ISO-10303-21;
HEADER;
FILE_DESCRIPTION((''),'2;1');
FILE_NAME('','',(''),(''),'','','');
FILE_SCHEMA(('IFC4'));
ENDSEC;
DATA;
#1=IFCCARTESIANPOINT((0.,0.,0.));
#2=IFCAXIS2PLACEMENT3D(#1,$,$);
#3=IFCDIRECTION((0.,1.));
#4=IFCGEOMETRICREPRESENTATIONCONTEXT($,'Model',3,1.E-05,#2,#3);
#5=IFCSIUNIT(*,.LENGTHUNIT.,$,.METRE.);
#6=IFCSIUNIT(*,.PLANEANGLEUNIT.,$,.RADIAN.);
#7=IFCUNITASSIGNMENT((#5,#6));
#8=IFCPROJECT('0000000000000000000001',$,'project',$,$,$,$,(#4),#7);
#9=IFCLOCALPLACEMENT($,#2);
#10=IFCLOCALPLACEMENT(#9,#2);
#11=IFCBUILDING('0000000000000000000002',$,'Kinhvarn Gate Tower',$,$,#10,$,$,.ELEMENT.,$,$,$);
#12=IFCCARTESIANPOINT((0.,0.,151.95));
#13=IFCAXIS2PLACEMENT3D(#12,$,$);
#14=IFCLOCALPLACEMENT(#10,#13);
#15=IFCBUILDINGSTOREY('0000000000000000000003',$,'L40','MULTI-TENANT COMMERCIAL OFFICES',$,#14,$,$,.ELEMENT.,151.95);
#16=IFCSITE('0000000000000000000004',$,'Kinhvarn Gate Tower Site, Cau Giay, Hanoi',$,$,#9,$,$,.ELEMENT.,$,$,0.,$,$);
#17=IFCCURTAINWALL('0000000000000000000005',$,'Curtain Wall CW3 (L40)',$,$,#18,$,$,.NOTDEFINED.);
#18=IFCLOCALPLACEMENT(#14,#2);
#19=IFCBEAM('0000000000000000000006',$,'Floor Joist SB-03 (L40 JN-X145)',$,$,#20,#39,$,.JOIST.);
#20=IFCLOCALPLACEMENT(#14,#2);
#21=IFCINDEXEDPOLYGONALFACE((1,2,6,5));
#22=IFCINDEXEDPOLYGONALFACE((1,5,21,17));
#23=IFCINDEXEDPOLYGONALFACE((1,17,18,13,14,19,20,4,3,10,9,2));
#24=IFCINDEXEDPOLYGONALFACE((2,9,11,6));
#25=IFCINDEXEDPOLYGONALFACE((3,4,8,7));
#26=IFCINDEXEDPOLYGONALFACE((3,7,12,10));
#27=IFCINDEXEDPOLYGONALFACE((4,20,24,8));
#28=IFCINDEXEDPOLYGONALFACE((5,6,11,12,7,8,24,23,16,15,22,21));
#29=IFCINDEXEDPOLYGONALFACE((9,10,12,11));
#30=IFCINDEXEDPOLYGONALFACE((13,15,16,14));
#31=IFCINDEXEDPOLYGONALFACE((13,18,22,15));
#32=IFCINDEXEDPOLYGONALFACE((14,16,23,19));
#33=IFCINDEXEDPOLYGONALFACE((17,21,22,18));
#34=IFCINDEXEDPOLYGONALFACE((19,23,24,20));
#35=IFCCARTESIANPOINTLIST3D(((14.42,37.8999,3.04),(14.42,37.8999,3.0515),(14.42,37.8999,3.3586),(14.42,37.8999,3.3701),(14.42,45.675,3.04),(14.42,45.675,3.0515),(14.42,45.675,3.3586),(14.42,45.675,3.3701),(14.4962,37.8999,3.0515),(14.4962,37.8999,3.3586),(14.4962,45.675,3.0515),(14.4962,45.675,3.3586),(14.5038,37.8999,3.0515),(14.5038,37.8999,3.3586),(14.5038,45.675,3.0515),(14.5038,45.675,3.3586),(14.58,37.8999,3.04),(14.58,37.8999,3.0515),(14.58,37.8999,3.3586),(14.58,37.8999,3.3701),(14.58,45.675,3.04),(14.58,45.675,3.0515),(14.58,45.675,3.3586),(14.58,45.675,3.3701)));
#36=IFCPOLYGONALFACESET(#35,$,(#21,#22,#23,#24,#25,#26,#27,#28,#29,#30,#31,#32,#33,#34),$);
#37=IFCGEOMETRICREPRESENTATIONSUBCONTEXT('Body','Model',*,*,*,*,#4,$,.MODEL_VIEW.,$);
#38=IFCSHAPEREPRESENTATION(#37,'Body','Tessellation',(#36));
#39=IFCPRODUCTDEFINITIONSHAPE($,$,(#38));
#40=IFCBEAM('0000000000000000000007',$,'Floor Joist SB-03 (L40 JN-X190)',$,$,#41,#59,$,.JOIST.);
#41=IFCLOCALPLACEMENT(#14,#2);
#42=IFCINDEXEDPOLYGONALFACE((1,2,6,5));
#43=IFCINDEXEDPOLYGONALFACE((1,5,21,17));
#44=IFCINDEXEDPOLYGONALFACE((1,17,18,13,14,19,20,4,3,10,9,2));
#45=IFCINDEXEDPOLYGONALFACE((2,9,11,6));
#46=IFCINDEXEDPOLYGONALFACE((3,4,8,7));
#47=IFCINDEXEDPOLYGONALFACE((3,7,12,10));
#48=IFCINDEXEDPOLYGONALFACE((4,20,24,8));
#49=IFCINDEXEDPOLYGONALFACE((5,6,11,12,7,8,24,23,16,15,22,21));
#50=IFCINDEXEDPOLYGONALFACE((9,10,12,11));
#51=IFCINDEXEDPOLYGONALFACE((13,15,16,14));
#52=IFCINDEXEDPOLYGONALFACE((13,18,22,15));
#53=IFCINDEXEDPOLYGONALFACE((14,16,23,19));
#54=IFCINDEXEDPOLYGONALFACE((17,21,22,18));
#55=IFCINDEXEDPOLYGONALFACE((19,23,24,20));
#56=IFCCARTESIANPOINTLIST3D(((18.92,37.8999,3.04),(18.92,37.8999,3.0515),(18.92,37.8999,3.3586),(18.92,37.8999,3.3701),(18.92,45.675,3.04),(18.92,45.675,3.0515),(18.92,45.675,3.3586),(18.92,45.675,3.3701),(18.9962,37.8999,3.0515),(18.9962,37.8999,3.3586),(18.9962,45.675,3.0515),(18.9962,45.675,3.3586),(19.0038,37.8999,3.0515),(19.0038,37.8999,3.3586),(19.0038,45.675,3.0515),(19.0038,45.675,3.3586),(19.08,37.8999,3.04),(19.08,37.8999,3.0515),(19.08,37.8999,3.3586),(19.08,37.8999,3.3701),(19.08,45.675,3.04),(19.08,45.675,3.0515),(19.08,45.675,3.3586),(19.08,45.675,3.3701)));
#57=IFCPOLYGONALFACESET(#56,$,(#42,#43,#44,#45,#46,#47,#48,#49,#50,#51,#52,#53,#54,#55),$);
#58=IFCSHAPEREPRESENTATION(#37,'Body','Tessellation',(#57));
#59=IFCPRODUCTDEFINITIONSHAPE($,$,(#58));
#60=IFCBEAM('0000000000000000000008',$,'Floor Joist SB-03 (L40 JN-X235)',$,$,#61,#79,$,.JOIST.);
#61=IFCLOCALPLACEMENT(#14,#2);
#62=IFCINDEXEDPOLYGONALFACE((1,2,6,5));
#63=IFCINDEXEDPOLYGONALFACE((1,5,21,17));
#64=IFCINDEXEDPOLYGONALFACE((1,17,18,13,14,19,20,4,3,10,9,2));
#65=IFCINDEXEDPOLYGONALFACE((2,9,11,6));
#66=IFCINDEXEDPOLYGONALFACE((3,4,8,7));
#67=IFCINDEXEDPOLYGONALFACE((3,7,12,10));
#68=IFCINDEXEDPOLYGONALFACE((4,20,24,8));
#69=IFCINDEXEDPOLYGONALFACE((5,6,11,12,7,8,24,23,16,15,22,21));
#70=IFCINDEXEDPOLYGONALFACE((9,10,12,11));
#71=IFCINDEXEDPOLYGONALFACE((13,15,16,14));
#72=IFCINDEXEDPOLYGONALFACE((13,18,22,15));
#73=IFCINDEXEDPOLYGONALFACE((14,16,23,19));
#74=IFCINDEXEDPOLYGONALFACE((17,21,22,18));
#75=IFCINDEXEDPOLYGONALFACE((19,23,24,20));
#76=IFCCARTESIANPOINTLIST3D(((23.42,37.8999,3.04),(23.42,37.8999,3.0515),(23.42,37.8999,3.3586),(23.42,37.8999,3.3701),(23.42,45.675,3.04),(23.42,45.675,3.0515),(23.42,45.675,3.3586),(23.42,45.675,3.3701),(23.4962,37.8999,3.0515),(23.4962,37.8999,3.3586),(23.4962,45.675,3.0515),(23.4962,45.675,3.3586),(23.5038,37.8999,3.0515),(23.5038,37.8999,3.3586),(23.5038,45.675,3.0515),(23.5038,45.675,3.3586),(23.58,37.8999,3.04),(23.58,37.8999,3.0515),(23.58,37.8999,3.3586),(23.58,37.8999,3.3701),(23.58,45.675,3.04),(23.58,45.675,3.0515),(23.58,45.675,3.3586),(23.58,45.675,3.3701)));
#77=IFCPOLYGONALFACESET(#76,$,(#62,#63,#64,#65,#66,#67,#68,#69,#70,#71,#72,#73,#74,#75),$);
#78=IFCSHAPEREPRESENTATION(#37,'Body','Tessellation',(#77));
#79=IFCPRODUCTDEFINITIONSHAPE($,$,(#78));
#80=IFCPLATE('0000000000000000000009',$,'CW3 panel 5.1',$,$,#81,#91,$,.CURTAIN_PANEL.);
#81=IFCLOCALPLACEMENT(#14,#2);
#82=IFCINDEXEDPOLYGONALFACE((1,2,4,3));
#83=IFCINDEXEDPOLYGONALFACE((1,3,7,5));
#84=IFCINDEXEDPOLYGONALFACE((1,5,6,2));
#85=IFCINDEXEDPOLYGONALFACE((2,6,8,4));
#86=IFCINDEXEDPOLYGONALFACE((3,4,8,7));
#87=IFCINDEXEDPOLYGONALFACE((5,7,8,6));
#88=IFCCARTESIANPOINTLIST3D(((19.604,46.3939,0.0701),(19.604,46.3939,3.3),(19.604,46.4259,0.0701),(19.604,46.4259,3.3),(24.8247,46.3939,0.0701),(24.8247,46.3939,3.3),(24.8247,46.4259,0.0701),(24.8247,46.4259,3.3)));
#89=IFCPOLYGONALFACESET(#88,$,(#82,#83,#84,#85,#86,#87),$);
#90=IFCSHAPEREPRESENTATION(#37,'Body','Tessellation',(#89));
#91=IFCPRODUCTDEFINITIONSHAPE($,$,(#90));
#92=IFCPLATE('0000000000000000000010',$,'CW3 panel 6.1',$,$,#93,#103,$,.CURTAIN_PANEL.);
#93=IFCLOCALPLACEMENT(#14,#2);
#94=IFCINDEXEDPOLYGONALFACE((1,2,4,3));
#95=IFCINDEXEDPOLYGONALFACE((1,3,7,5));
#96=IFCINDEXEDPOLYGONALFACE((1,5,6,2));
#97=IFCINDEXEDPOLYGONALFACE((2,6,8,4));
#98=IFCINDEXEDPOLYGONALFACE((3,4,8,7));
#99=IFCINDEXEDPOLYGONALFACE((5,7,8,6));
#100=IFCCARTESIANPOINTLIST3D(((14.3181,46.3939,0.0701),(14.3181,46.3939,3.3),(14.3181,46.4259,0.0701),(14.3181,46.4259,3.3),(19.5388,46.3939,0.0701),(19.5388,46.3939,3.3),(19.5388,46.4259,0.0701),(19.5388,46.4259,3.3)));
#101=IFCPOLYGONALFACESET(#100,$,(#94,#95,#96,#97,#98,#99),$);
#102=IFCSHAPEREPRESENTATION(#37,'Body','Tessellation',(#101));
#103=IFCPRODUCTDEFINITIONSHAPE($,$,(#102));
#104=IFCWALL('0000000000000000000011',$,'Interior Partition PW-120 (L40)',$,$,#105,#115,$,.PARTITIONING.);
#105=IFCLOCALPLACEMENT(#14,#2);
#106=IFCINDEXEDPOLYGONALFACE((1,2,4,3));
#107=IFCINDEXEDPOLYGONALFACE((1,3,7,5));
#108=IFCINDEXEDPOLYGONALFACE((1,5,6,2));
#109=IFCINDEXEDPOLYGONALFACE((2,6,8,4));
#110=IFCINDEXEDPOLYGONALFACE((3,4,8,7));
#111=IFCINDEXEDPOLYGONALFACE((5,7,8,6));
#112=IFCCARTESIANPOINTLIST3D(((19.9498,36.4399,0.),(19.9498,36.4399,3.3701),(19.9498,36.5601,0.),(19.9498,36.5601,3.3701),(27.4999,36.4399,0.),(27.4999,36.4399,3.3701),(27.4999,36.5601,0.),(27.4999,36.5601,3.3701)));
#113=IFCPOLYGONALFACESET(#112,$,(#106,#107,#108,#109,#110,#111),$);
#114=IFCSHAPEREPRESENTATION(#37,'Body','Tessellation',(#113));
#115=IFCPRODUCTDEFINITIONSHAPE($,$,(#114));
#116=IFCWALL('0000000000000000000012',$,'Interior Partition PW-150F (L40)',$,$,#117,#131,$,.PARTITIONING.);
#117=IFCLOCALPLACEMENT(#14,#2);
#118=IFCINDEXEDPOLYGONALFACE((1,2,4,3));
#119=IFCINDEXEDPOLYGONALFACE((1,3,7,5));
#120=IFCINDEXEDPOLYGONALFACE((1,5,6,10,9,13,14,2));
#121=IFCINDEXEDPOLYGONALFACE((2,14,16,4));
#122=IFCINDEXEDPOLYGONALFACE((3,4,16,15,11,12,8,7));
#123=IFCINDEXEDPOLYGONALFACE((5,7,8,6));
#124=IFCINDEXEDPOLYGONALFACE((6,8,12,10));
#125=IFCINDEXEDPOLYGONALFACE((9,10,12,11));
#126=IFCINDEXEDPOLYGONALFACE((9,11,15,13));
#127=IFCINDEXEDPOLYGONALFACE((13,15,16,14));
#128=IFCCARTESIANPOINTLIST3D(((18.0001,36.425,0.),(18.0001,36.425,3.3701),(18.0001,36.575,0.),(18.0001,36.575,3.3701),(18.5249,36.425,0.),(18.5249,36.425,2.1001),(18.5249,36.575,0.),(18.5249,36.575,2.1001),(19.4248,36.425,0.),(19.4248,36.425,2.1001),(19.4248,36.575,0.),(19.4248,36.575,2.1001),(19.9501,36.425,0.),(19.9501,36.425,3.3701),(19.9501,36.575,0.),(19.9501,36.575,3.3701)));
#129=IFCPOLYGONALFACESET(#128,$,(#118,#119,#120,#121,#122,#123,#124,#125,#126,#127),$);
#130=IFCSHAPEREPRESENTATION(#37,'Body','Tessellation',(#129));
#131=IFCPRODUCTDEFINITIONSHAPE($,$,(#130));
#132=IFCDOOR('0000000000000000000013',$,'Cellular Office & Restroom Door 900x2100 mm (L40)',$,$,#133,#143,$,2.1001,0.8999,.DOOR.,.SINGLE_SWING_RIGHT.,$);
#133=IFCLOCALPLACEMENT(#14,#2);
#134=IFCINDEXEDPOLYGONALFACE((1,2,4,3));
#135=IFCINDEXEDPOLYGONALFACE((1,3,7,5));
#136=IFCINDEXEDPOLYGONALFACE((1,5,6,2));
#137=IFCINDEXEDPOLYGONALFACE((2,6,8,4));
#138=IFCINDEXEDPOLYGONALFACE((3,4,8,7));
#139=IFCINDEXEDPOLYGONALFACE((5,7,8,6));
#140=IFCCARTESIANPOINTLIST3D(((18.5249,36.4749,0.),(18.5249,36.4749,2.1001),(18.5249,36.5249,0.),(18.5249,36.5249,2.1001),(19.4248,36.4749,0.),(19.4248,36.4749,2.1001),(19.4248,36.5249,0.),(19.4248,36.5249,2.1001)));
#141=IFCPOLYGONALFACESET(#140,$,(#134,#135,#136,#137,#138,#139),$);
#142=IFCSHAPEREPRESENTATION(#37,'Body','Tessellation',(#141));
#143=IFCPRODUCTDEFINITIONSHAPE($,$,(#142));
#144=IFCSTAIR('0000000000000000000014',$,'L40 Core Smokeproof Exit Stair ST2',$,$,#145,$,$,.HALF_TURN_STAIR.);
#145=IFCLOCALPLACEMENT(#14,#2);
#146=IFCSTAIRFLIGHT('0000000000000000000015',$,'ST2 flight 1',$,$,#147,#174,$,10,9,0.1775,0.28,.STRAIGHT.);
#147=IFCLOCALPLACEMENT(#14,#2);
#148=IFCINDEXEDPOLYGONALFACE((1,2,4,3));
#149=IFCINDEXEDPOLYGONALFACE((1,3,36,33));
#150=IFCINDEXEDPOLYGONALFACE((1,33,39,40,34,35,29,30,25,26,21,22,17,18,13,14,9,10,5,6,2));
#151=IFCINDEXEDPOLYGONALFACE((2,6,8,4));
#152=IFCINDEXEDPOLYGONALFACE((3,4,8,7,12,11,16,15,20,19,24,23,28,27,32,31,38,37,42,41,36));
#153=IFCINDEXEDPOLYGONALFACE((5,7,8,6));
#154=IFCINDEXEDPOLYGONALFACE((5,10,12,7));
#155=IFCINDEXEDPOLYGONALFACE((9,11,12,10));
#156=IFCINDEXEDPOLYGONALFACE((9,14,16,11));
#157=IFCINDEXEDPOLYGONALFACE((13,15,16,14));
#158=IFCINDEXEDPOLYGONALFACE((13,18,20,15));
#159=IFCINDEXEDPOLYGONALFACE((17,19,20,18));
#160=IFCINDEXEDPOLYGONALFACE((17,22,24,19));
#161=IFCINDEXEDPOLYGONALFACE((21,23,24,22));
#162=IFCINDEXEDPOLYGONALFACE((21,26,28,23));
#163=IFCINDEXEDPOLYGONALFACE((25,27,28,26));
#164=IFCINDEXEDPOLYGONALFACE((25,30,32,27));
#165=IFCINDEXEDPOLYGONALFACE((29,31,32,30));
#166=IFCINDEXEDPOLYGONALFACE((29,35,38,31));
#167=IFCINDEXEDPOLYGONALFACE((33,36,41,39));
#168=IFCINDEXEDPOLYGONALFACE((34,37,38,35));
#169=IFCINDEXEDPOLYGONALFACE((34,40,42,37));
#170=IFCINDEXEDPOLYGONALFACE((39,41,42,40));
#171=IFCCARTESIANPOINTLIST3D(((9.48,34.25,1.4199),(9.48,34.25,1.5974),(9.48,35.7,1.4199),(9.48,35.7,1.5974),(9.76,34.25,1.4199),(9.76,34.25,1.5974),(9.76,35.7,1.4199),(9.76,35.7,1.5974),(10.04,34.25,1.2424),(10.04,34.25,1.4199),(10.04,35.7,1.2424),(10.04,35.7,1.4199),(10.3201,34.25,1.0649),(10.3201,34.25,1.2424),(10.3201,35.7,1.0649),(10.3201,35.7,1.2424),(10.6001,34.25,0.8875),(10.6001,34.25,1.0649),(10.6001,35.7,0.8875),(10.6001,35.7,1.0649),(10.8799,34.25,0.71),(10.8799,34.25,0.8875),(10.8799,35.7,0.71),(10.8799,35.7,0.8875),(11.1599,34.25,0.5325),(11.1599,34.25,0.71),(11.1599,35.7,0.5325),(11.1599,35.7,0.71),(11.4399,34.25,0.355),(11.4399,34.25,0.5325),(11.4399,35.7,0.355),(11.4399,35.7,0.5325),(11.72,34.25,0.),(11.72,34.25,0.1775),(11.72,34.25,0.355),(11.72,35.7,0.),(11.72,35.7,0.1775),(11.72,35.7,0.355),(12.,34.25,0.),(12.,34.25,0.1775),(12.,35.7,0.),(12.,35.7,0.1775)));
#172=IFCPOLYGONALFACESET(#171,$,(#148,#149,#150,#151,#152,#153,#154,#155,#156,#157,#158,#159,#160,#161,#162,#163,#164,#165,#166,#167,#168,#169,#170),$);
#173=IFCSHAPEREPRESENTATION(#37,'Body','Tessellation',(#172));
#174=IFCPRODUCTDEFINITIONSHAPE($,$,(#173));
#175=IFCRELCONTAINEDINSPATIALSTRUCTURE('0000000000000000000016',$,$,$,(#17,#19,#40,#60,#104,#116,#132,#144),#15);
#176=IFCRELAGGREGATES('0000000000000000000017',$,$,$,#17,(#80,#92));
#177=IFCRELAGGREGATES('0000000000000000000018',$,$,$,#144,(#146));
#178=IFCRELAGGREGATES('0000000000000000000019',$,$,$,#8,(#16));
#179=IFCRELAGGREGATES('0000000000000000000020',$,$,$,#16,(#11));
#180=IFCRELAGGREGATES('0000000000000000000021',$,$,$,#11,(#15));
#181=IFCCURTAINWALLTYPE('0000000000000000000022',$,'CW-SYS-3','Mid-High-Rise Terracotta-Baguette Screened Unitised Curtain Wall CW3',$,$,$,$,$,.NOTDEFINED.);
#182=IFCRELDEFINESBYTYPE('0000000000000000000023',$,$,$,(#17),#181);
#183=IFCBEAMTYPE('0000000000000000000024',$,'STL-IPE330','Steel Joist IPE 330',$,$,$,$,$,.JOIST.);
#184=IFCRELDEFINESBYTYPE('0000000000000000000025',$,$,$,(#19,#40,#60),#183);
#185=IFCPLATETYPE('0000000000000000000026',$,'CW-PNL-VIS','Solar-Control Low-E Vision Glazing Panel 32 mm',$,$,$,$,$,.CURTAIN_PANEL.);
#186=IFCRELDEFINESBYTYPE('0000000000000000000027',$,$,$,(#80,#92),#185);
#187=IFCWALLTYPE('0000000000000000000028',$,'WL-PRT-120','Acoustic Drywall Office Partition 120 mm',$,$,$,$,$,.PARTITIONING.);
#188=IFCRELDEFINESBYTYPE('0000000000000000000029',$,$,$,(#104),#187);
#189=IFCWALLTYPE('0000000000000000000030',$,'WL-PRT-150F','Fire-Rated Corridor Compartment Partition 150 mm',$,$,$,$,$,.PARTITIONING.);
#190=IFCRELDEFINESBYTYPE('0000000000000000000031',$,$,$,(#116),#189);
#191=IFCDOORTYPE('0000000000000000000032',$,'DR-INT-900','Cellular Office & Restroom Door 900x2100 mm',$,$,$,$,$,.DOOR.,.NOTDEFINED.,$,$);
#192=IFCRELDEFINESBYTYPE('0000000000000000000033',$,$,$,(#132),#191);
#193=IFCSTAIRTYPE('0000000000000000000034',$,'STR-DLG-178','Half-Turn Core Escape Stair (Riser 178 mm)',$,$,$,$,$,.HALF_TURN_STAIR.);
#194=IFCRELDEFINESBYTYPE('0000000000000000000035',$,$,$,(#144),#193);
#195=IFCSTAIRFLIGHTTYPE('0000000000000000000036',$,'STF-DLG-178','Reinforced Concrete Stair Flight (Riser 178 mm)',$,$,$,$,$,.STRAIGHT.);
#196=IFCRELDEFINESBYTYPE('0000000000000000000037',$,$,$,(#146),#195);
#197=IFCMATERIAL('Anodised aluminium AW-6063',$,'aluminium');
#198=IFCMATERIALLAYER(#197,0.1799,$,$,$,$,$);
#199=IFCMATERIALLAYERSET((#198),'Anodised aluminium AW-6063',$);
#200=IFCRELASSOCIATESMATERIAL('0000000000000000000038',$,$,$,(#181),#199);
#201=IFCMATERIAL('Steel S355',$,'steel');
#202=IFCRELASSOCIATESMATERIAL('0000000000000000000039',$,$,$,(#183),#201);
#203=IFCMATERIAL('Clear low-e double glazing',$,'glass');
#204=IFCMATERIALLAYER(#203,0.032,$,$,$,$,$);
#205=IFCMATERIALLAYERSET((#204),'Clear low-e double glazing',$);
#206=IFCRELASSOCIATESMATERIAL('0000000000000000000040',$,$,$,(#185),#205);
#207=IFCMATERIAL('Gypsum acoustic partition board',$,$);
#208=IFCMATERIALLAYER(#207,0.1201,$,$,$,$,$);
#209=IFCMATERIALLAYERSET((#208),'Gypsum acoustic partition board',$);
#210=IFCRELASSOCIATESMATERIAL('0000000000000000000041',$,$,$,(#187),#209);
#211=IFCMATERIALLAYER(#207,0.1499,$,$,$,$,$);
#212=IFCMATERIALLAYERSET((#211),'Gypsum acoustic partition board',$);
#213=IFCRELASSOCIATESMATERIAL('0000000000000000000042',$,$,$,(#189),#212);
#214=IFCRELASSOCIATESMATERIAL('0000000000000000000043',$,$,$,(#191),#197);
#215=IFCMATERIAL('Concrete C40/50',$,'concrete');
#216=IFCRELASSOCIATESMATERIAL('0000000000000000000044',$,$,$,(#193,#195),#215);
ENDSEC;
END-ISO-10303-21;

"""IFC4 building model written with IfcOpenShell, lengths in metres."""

from ifc_helpers import new_model, si_unit, direction, frame, frame_2d, origin, origin_2d, place, context, subcontext, project, spatial, polyline, rectangle, i_section, outline, extrude, material, layer, layer_set, material_profile, profile_set, type_object, element, fill, aggregate, save


model = new_model("IFC4")

# Units and contexts
model_context = context("Model", 3, precision=1e-05, world=origin(), true_north=direction((0.0, 1.0)))
body_context = subcontext(model_context, "Body", "Model", "MODEL_VIEW")
ifc_project = project(units=[si_unit("LENGTHUNIT", "METRE"), si_unit("PLANEANGLEUNIT", "RADIAN")], contexts=[model_context])

# Site, building, storey
site_placement = place(None, origin())
site = spatial("IfcSite", under=ifc_project, at=site_placement, Name="Kinhvarn Gate Tower Site, Cau Giay, Hanoi", CompositionType="ELEMENT", RefElevation=0.0)
building_placement = place(site_placement, origin())
building = spatial("IfcBuilding", under=site, at=building_placement, Name="Kinhvarn Gate Tower", CompositionType="ELEMENT")
storey_placement = place(building_placement, frame((0.0, 0.0, 151.95)))
storey = spatial("IfcBuildingStorey", under=building, at=storey_placement, Name="L40", Description="MULTI-TENANT COMMERCIAL OFFICES", CompositionType="ELEMENT", Elevation=151.95)

# Curtain wall
ifc_material_1 = material(Name="Anodised aluminium AW-6063", Category="aluminium")
ifc_layer_1 = layer(ifc_material_1, 0.1799)
ifc_layer_set_1 = layer_set([ifc_layer_1], Name="Anodised aluminium AW-6063")
curtain_wall_type = type_object("IfcCurtainWallType", Name="CW-SYS-3", Description="Mid-High-Rise Terracotta-Baguette Screened Unitised Curtain Wall CW3", PredefinedType="NOTDEFINED", material=ifc_layer_set_1)
curtain_wall_placement = place(storey_placement, origin())
curtain_wall = element("IfcCurtainWall", 1, at=curtain_wall_placement, inside=storey, type_object=curtain_wall_type, Name="Curtain Wall CW3 (L40)", PredefinedType="NOTDEFINED")

# Beams
ifc_material_2 = material(Name="Steel S355", Category="steel")
ifc_material_profile_1 = material_profile(ifc_material_2, i_section(OverallWidth=0.1599, OverallDepth=0.3301, WebThickness=0.0076, FlangeThickness=0.0115, at=origin_2d()), Name="IPE 330")
ifc_profile_set_1 = profile_set([ifc_material_profile_1], Name="Steel S355")
beam_type_1 = type_object("IfcBeamType", Name="STL-IPE330", Description="Steel Joist IPE 330", PredefinedType="JOIST", material=ifc_profile_set_1)
for number, where, z_axis, x_axis, name in (
    (2, (14.5, 37.8999, 3.2051), (0.0, 1.0, 0.0), (-1.0, 0.0, 0.0), "Floor Joist SB-03 (L40 JN-X145)"),
    (3, (19.0, 37.8999, 3.2051), (0.0, 1.0, 0.0), (-1.0, 0.0, 0.0), "Floor Joist SB-03 (L40 JN-X190)"),
    (4, (23.5, 37.8999, 3.2051), (0.0, 1.0, 0.0), (-1.0, 0.0, 0.0), "Floor Joist SB-03 (L40 JN-X235)"),
):
    element("IfcBeam", number, at=place(storey_placement, frame(where, z_axis=z_axis, x_axis=x_axis)), inside=storey, type_object=beam_type_1, Name=name, PredefinedType="JOIST", context=body_context, shape_type="SweptSolid", body=[
        extrude(i_section(OverallWidth=0.1599, OverallDepth=0.3301, WebThickness=0.0076, FlangeThickness=0.0115, at=origin_2d()), origin(), (0.0, 0.0, 1.0), 7.7751),
    ])

# Plates
ifc_material_3 = material(Name="Clear low-e double glazing", Category="glass")
ifc_layer_2 = layer(ifc_material_3, 0.032)
ifc_layer_set_2 = layer_set([ifc_layer_2], Name="Clear low-e double glazing")
plate_type = type_object("IfcPlateType", Name="CW-PNL-VIS", Description="Solar-Control Low-E Vision Glazing Panel 32 mm", PredefinedType="CURTAIN_PANEL", material=ifc_layer_set_2)
plate_1_placement = place(storey_placement, frame((22.2144, 46.4099, 0.0701), z_axis=(0.0, 0.0, 1.0), x_axis=(-1.0, 0.0, 0.0)))
plate_1 = element("IfcPlate", 5, at=plate_1_placement, type_object=plate_type, Name="CW3 panel 5.1", PredefinedType="CURTAIN_PANEL", context=body_context, shape_type="SweptSolid", body=[
    extrude(rectangle(XDim=5.2207, YDim=0.032, at=origin_2d()), origin(), (0.0, 0.0, 1.0), 3.23),
])
plate_2_placement = place(storey_placement, frame((16.9285, 46.4099, 0.0701), z_axis=(0.0, 0.0, 1.0), x_axis=(-1.0, 0.0, 0.0)))
plate_2 = element("IfcPlate", 6, at=plate_2_placement, type_object=plate_type, Name="CW3 panel 6.1", PredefinedType="CURTAIN_PANEL", context=body_context, shape_type="SweptSolid", body=[
    extrude(rectangle(XDim=5.2207, YDim=0.032, at=origin_2d()), origin(), (0.0, 0.0, 1.0), 3.23),
])
aggregate(curtain_wall, [plate_1, plate_2])

# Wall
ifc_material_4 = material(Name="Gypsum acoustic partition board")
ifc_layer_3 = layer(ifc_material_4, 0.1201)
ifc_layer_set_3 = layer_set([ifc_layer_3], Name="Gypsum acoustic partition board")
wall_type_1 = type_object("IfcWallType", Name="WL-PRT-120", Description="Acoustic Drywall Office Partition 120 mm", PredefinedType="PARTITIONING", material=ifc_layer_set_3)
wall_1_placement = place(storey_placement, frame((19.95, 36.5, 0.0), z_axis=(0.0, 0.0, 1.0), x_axis=(1.0, 0.0, 0.0)))
element("IfcWall", 7, at=wall_1_placement, inside=storey, type_object=wall_type_1, Name="Interior Partition PW-120 (L40)", PredefinedType="PARTITIONING", context=body_context, shape_type="SweptSolid", body=[
    extrude(rectangle(XDim=7.55, YDim=0.1201, at=frame_2d((3.7749, 0.0))), origin(), (0.0, 0.0, 1.0), 3.3701),
])

# Wall, opening, door
ifc_layer_4 = layer(ifc_material_4, 0.1499)
ifc_layer_set_4 = layer_set([ifc_layer_4], Name="Gypsum acoustic partition board")
wall_type_2 = type_object("IfcWallType", Name="WL-PRT-150F", Description="Fire-Rated Corridor Compartment Partition 150 mm", PredefinedType="PARTITIONING", material=ifc_layer_set_4)
wall_2_placement = place(storey_placement, frame((18.0, 36.5, 0.0), z_axis=(0.0, 0.0, 1.0), x_axis=(1.0, 0.0, 0.0)))
wall_2 = element("IfcWall", 8, at=wall_2_placement, inside=storey, type_object=wall_type_2, Name="Interior Partition PW-150F (L40)", PredefinedType="PARTITIONING", context=body_context, shape_type="SweptSolid", body=[
    extrude(rectangle(XDim=1.95, YDim=0.1499, at=frame_2d((0.9751, 0.0))), origin(), (0.0, 0.0, 1.0), 3.3701),
])
opening_1_placement = place(wall_2_placement, frame((0.5249, 0.0, 0.0)))
opening_1 = element("IfcOpeningElement", 9, at=opening_1_placement, cuts=wall_2, PredefinedType="OPENING", context=body_context, shape_type="SweptSolid", body=[
    extrude(rectangle(XDim=0.8999, YDim=2.1001, at=frame_2d((0.45, 1.05))), frame((0.0, 0.085, 0.0), z_axis=(0.0, -1.0, 0.0), x_axis=(1.0, 0.0, 0.0)), (0.0, 0.0, 1.0), 0.1699),
])
door_type_1 = type_object("IfcDoorType", Name="DR-INT-900", Description="Cellular Office & Restroom Door 900x2100 mm", OperationType="NOTDEFINED", PredefinedType="DOOR", material=ifc_material_1)
door_1_placement = place(opening_1_placement, origin())
door_1 = element("IfcDoor", 10, at=door_1_placement, inside=storey, type_object=door_type_1, Name="Cellular Office & Restroom Door 900x2100 mm (L40)", OperationType="SINGLE_SWING_RIGHT", OverallHeight=2.1001, OverallWidth=0.8999, PredefinedType="DOOR", context=body_context, shape_type="SweptSolid", body=[
    extrude(rectangle(XDim=0.8999, YDim=2.1001, at=frame_2d((0.45, 1.05))), frame((0.0, 0.0249, 0.0), z_axis=(0.0, -1.0, 0.0), x_axis=(1.0, 0.0, 0.0)), (0.0, 0.0, 1.0), 0.05),
])
fill(opening_1, door_1)
ifc_material_5 = material(Name="Concrete C40/50", Category="concrete")

# Stair, stair flight
stair_type = type_object("IfcStairType", Name="STR-DLG-178", Description="Half-Turn Core Escape Stair (Riser 178 mm)", PredefinedType="HALF_TURN_STAIR", material=ifc_material_5)
stair_placement = place(storey_placement, origin())
stair = element("IfcStair", 11, at=stair_placement, inside=storey, type_object=stair_type, Name="L40 Core Smokeproof Exit Stair ST2", PredefinedType="HALF_TURN_STAIR")
stair_flight_type = type_object("IfcStairFlightType", Name="STF-DLG-178", Description="Reinforced Concrete Stair Flight (Riser 178 mm)", PredefinedType="STRAIGHT", material=ifc_material_5)
stair_flight_placement = place(storey_placement, frame((12.0, 34.9751, 0.0), z_axis=(0.0, 0.0, 1.0), x_axis=(-1.0, 0.0, 0.0)))
stair_flight = element("IfcStairFlight", 12, at=stair_flight_placement, type_object=stair_flight_type, Name="ST2 flight 1", NumberOfRisers=10, NumberOfTreads=9, PredefinedType="STRAIGHT", RiserHeight=0.1775, TreadLength=0.28, context=body_context, shape_type="SweptSolid", body=[
    extrude(outline(polyline([(0.0, 0.0), (0.0, 0.1775), (0.28, 0.1775), (0.28, 0.355), (0.5601, 0.355), (0.5601, 0.5325), (0.8401, 0.5325), (0.8401, 0.71), (1.1201, 0.71), (1.1201, 0.8875), (1.3999, 0.8875), (1.3999, 1.0649), (1.6799, 1.0649), (1.6799, 1.2424), (1.96, 1.2424), (1.96, 1.4199), (2.24, 1.4199), (2.24, 1.5974), (2.52, 1.5974), (2.52, 1.7749), (2.52, 1.4199), (0.28, 0.0), (0.0, 0.0)])), frame((0.0, 0.7251, 0.0), z_axis=(0.0, -1.0, 0.0), x_axis=(1.0, 0.0, 0.0)), (0.0, 0.0, 1.0), 1.45),
])
aggregate(stair, [stair_flight])

save(model, "model.ifc")
